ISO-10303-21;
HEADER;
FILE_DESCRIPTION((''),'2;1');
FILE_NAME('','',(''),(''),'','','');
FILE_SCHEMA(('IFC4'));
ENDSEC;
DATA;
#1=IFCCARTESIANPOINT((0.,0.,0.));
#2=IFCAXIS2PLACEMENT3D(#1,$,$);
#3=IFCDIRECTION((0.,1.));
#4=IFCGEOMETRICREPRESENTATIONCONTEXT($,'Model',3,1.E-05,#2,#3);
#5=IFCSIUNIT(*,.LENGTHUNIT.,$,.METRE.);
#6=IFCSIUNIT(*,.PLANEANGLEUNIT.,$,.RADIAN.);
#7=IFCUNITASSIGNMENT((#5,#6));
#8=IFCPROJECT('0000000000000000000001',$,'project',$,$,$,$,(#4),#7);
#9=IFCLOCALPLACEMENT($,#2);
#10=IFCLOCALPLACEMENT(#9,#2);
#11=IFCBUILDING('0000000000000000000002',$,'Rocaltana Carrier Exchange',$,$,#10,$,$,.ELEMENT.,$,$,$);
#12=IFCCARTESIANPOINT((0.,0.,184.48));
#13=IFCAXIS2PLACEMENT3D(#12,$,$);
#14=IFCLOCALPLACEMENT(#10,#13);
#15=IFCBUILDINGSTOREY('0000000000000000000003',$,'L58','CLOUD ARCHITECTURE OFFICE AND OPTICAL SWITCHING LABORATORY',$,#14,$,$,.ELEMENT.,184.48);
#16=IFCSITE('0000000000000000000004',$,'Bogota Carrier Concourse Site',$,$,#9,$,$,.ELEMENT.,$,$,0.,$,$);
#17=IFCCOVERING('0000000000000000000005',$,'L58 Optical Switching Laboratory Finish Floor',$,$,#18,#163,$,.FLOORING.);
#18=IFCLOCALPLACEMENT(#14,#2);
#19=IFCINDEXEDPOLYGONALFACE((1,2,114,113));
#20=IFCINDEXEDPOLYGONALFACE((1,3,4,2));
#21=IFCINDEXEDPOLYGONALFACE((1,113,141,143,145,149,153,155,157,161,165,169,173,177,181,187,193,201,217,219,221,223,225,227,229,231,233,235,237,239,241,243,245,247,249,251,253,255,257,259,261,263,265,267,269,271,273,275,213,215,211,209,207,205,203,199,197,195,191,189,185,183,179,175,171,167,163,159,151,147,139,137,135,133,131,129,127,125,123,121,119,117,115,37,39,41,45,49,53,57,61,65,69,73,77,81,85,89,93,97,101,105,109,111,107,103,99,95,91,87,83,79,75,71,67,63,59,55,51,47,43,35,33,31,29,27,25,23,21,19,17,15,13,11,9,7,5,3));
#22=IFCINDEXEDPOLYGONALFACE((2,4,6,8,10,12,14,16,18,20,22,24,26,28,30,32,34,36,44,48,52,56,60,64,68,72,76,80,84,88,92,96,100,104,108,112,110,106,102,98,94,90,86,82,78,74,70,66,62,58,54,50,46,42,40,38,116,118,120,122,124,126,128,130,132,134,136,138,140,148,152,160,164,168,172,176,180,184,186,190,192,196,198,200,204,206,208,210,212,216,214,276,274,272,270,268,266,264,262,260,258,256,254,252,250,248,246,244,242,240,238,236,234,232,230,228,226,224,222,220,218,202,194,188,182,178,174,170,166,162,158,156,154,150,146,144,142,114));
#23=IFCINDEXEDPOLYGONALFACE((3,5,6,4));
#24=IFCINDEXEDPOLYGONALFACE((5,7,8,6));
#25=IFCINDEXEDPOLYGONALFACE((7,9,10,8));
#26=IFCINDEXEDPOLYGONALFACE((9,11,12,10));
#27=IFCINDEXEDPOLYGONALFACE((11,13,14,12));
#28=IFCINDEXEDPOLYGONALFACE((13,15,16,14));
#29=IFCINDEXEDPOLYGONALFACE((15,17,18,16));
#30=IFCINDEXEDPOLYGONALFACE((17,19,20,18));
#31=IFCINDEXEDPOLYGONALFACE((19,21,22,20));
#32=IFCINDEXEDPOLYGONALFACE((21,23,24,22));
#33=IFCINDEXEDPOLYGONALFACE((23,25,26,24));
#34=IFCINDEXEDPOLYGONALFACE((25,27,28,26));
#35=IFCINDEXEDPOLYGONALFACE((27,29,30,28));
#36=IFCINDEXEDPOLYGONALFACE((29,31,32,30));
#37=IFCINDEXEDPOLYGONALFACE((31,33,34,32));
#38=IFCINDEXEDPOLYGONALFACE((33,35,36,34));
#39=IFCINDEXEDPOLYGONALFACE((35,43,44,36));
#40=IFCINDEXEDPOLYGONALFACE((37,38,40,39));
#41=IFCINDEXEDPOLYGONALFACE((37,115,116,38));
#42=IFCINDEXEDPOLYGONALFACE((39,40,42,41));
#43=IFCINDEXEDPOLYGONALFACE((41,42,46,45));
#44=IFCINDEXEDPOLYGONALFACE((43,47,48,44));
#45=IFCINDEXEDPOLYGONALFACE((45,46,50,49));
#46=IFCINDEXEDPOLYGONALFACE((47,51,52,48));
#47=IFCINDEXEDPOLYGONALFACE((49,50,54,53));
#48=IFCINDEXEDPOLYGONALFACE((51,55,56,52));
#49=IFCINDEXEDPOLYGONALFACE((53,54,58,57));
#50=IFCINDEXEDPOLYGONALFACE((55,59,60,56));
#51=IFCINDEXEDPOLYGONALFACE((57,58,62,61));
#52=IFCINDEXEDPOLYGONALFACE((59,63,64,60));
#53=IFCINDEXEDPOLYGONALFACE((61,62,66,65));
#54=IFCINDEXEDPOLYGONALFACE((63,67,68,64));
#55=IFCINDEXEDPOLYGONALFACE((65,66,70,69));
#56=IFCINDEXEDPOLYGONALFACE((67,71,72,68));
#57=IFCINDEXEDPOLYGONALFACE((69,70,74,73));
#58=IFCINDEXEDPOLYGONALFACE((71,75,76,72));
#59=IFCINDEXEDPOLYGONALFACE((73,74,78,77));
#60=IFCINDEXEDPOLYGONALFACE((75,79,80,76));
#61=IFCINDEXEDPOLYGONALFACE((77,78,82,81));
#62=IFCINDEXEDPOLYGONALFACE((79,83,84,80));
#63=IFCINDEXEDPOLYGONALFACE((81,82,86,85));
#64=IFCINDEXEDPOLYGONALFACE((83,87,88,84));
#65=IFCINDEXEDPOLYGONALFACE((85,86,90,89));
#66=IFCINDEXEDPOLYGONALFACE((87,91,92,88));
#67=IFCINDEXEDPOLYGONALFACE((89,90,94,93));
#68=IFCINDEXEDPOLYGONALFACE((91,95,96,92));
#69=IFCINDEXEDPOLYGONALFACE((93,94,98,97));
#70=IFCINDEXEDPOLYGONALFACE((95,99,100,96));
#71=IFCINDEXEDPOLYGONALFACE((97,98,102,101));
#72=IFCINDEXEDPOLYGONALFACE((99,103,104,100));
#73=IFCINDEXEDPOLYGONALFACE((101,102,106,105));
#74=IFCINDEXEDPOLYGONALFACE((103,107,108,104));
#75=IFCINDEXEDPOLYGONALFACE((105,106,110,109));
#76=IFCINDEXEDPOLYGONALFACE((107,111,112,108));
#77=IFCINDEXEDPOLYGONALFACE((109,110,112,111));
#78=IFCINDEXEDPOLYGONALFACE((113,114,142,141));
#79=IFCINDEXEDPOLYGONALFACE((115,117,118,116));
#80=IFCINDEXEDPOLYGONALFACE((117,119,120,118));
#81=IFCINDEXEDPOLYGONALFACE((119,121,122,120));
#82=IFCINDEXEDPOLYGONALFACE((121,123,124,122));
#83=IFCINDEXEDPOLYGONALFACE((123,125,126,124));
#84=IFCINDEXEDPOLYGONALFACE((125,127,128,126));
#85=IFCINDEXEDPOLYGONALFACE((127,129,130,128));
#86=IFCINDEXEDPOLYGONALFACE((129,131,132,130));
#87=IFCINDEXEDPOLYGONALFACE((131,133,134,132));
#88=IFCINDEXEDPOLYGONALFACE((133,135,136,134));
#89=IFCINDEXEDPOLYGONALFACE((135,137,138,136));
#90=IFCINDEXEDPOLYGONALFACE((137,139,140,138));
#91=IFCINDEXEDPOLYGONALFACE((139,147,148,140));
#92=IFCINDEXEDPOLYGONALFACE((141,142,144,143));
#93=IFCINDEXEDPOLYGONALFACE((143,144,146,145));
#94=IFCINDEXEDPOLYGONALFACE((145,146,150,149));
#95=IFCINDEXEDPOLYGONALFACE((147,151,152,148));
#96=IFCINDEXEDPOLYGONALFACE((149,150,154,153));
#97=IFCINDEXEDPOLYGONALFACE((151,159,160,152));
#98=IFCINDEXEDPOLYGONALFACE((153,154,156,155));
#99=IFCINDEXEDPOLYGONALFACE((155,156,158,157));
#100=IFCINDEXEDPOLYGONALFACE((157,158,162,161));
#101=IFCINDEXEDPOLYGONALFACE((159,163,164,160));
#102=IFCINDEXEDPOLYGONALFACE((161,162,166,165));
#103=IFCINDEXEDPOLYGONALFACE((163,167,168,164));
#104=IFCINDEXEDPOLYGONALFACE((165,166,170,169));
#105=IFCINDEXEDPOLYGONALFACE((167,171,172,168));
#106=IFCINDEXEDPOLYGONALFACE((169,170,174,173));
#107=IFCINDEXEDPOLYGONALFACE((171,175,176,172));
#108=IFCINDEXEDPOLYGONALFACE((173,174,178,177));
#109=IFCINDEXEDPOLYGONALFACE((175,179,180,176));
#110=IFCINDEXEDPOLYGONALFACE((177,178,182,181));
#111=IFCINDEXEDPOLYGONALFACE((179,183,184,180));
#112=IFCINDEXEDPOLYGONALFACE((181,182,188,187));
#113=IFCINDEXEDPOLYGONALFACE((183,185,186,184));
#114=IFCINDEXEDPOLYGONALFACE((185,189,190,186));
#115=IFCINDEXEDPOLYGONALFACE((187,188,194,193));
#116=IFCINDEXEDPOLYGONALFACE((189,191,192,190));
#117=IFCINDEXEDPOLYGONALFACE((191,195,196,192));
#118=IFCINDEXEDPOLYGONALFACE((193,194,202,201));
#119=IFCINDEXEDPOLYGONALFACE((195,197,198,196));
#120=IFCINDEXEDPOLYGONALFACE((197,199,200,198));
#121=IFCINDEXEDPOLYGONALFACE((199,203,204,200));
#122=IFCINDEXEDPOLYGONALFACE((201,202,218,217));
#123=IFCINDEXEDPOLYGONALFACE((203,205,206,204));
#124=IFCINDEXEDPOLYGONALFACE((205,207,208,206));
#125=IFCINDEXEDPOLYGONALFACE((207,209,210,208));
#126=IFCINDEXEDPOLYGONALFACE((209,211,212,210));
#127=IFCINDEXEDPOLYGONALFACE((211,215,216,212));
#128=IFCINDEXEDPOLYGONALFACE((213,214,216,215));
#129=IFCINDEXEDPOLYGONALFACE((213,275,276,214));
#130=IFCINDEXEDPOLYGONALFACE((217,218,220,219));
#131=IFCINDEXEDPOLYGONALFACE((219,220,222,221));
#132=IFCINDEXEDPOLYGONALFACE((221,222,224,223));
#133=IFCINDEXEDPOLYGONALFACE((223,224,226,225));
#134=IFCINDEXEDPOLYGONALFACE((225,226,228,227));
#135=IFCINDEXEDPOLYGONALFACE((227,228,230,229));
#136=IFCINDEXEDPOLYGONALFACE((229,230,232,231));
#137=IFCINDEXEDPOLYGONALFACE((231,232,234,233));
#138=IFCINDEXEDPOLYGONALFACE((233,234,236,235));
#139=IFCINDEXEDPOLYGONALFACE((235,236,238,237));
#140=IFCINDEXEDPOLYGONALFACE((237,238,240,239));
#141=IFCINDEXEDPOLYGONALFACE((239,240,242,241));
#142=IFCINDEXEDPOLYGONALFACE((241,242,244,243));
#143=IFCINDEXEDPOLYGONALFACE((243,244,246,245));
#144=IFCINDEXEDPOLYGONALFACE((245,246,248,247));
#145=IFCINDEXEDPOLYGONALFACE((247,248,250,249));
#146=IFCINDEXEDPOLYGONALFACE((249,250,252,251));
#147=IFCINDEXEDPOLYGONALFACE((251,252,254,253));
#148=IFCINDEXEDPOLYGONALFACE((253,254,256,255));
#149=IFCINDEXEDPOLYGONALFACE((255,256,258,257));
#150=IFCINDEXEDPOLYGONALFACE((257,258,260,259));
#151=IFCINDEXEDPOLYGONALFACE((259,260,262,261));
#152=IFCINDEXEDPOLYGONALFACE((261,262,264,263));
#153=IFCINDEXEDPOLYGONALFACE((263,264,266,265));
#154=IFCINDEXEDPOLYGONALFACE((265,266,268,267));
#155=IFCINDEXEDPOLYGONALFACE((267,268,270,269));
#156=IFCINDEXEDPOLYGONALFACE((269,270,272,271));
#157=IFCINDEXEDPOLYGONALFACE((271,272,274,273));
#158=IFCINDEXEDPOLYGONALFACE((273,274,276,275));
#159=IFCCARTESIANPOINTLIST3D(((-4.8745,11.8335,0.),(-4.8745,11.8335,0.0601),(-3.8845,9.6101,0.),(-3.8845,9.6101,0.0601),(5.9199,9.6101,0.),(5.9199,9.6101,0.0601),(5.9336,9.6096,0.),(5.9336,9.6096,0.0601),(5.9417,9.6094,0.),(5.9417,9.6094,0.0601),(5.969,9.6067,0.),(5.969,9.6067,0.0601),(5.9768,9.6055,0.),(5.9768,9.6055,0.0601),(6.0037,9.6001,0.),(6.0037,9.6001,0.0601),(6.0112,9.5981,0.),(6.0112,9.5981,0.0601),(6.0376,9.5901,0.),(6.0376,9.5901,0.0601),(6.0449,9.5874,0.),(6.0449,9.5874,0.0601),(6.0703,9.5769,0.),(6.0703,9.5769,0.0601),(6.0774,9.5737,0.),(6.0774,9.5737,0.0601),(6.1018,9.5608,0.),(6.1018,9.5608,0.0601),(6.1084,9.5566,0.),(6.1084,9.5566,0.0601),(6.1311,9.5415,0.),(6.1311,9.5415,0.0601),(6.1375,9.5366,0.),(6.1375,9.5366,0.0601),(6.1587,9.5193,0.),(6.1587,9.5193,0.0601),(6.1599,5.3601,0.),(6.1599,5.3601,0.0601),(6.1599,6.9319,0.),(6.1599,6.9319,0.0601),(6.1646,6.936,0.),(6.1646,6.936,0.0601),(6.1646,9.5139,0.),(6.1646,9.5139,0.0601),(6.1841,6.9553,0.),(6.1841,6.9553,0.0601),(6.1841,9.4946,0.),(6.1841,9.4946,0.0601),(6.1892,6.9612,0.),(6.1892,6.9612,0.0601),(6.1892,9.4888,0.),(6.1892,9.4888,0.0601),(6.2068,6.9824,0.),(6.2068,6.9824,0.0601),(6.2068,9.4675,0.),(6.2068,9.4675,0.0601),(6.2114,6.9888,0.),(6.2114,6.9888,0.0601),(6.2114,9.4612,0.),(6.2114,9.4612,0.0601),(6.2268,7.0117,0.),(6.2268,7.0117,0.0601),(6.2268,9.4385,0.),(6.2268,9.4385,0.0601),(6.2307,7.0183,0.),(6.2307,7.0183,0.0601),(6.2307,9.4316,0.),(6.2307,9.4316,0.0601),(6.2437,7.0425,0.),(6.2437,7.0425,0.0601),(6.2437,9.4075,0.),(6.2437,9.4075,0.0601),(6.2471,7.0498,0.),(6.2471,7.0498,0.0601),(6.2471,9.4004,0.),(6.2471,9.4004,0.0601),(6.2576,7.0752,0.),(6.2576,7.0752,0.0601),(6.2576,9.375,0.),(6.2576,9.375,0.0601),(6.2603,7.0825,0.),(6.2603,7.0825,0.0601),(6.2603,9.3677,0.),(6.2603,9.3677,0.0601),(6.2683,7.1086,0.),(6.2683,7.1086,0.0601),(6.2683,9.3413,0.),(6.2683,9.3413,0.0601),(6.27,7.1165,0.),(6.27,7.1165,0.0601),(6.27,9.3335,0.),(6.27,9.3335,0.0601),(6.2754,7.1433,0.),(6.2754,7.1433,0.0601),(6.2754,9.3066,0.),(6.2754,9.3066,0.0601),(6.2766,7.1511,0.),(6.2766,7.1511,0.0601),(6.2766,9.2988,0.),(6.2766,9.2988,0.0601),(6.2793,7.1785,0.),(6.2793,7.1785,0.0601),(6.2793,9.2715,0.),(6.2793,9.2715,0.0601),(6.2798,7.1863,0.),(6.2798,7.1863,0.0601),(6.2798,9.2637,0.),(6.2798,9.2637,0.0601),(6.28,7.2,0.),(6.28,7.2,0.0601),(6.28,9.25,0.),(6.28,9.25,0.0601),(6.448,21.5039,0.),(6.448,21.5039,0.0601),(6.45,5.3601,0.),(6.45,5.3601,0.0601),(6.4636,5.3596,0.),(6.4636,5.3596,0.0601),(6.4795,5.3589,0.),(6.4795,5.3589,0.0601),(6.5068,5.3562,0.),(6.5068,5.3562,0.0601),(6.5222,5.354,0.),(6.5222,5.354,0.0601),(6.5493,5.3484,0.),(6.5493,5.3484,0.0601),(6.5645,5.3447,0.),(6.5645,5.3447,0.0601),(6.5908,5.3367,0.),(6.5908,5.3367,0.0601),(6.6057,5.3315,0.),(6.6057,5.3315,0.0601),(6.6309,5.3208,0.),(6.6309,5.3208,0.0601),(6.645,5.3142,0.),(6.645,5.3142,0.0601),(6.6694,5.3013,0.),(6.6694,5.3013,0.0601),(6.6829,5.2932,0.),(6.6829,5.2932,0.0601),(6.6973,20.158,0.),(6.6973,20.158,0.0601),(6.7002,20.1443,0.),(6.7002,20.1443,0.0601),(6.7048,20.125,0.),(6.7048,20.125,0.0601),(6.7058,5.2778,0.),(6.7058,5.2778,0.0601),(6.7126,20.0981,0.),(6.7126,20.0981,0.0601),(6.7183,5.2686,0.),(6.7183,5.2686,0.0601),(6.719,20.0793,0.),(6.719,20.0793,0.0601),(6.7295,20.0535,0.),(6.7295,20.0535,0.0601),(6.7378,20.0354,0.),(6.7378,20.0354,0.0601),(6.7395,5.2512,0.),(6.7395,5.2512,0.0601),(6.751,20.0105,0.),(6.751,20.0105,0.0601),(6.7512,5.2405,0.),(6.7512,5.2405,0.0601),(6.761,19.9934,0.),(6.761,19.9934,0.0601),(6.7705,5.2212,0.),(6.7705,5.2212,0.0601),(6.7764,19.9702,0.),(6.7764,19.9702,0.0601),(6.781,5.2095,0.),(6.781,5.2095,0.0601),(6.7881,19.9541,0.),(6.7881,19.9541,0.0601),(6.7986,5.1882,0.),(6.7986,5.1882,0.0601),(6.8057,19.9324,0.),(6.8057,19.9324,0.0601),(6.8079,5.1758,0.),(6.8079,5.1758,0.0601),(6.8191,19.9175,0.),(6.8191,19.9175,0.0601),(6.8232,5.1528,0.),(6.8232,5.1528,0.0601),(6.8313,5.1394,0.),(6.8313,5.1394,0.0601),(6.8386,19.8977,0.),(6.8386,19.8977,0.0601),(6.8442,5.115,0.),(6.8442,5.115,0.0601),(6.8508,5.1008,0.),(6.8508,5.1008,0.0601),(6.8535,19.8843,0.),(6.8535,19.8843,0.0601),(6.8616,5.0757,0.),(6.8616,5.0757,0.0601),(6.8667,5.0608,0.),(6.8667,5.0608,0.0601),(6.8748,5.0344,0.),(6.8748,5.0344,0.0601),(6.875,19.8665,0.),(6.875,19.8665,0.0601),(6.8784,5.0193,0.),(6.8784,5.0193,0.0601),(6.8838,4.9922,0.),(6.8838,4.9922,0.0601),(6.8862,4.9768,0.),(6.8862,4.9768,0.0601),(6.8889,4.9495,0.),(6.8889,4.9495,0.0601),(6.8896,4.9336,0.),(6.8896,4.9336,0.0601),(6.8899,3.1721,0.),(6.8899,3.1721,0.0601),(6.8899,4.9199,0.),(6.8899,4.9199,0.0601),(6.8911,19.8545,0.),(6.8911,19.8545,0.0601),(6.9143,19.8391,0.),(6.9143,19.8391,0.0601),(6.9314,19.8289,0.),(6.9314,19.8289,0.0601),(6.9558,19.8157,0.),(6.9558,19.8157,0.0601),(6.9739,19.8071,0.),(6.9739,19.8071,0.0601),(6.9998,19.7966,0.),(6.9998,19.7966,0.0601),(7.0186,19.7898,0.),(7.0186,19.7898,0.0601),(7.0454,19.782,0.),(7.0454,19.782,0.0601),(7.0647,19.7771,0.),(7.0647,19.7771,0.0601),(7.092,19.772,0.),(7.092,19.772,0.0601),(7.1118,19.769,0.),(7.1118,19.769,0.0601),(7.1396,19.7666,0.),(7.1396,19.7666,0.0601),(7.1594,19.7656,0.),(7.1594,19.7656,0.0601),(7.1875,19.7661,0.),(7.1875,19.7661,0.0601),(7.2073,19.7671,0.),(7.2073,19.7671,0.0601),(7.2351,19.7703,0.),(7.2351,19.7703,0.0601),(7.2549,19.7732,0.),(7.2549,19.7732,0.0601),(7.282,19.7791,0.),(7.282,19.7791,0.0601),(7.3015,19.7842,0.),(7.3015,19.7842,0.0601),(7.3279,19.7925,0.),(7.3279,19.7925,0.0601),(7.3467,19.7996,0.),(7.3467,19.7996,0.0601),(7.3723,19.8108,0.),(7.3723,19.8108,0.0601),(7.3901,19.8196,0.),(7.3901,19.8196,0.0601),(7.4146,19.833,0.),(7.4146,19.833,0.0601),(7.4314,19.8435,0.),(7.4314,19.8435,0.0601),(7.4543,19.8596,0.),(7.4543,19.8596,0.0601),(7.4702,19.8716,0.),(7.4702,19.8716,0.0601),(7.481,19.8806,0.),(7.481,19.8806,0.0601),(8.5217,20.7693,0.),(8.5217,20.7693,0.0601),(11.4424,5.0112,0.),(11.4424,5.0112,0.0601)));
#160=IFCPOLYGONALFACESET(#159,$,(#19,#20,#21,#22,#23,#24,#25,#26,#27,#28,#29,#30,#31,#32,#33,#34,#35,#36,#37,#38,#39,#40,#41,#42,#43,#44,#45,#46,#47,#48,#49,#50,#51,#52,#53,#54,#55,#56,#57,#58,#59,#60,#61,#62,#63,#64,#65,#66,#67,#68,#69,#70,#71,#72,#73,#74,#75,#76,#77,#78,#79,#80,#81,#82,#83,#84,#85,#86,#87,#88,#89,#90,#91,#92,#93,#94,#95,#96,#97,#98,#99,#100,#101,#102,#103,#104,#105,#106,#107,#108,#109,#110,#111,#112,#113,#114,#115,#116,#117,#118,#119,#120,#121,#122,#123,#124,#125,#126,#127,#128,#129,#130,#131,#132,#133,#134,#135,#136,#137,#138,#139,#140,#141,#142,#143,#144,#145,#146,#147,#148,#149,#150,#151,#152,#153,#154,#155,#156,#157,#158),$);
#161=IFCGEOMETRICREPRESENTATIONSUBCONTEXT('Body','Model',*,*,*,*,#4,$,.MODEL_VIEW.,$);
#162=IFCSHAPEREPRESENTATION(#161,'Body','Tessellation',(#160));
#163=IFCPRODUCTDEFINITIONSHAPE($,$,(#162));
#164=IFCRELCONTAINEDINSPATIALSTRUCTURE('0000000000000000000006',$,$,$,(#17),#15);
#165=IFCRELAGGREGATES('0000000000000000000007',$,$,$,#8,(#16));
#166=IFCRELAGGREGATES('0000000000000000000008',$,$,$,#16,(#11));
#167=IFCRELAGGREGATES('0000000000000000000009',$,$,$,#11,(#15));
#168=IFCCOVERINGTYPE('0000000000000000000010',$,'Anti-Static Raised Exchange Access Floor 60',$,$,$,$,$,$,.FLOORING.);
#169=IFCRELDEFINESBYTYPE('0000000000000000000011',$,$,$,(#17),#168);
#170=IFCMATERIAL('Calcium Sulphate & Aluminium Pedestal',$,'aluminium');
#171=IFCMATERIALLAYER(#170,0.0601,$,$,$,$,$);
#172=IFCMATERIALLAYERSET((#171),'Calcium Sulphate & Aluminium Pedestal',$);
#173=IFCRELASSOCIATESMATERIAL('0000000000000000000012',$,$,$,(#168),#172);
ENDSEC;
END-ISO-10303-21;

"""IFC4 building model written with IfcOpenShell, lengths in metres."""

from ifc_helpers import new_model, si_unit, direction, frame, origin, place, context, subcontext, project, spatial, polyline, outline, extrude, material, layer, layer_set, type_object, element, save


model = new_model("IFC4")

# Units and contexts
model_context = context("Model", 3, precision=1e-05, world=origin(), true_north=direction((0.0, 1.0)))
body_context = subcontext(model_context, "Body", "Model", "MODEL_VIEW")
ifc_project = project(units=[si_unit("LENGTHUNIT", "METRE"), si_unit("PLANEANGLEUNIT", "RADIAN")], contexts=[model_context])

# Site, building, storey
site_placement = place(None, origin())
site = spatial("IfcSite", under=ifc_project, at=site_placement, Name="Bogota Carrier Concourse Site", CompositionType="ELEMENT", RefElevation=0.0)
building_placement = place(site_placement, origin())
building = spatial("IfcBuilding", under=site, at=building_placement, Name="Rocaltana Carrier Exchange", CompositionType="ELEMENT")
storey_placement = place(building_placement, frame((0.0, 0.0, 184.48)))
storey = spatial("IfcBuildingStorey", under=building, at=storey_placement, Name="L58", Description="CLOUD ARCHITECTURE OFFICE AND OPTICAL SWITCHING LABORATORY", CompositionType="ELEMENT", Elevation=184.48)

# Covering
ifc_material_1 = material(Name="Calcium Sulphate & Aluminium Pedestal", Category="aluminium")
ifc_layer_1 = layer(ifc_material_1, 0.0601)
ifc_layer_set_1 = layer_set([ifc_layer_1], Name="Calcium Sulphate & Aluminium Pedestal")
covering_type_1 = type_object("IfcCoveringType", Name="Anti-Static Raised Exchange Access Floor 60", PredefinedType="FLOORING", material=ifc_layer_set_1)
covering_1_placement = place(storey_placement, origin())
element("IfcCovering", 1, at=covering_1_placement, inside=storey, type_object=covering_type_1, Name="L58 Optical Switching Laboratory Finish Floor", PredefinedType="FLOORING", context=body_context, shape_type="SweptSolid", body=[
    extrude(outline(polyline([(6.1599, 6.9319), (6.1646, 6.936), (6.1841, 6.9553), (6.1892, 6.9612), (6.2068, 6.9824), (6.2114, 6.9888), (6.2268, 7.0117), (6.2307, 7.0183), (6.2437, 7.0425), (6.2471, 7.0498), (6.2576, 7.0752), (6.2603, 7.0825), (6.2683, 7.1086), (6.27, 7.1165), (6.2754, 7.1433), (6.2766, 7.1511), (6.2793, 7.1785), (6.2798, 7.1863), (6.28, 7.2), (6.28, 9.25), (6.2798, 9.2637), (6.2793, 9.2715), (6.2766, 9.2988), (6.2754, 9.3066), (6.27, 9.3335), (6.2683, 9.3413), (6.2603, 9.3677), (6.2576, 9.375), (6.2471, 9.4004), (6.2437, 9.4075), (6.2307, 9.4316), (6.2268, 9.4385), (6.2114, 9.4612), (6.2068, 9.4675), (6.1892, 9.4888), (6.1841, 9.4946), (6.1646, 9.5139), (6.1587, 9.5193), (6.1375, 9.5366), (6.1311, 9.5415), (6.1084, 9.5566), (6.1018, 9.5608), (6.0774, 9.5737), (6.0703, 9.5769), (6.0449, 9.5874), (6.0376, 9.5901), (6.0112, 9.5981), (6.0037, 9.6001), (5.9768, 9.6055), (5.969, 9.6067), (5.9417, 9.6094), (5.9336, 9.6096), (5.9199, 9.6101), (-3.8845, 9.6101), (-4.8745, 11.8335), (6.448, 21.5039), (6.6973, 20.158), (6.7002, 20.1443), (6.7048, 20.125), (6.7126, 20.0981), (6.719, 20.0793), (6.7295, 20.0535), (6.7378, 20.0354), (6.751, 20.0105), (6.761, 19.9934), (6.7764, 19.9702), (6.7881, 19.9541), (6.8057, 19.9324), (6.8191, 19.9175), (6.8386, 19.8977), (6.8535, 19.8843), (6.875, 19.8665), (6.8911, 19.8545), (6.9143, 19.8391), (6.9314, 19.8289), (6.9558, 19.8157), (6.9739, 19.8071), (6.9998, 19.7966), (7.0186, 19.7898), (7.0454, 19.782), (7.0647, 19.7771), (7.092, 19.772), (7.1118, 19.769), (7.1396, 19.7666), (7.1594, 19.7656), (7.1875, 19.7661), (7.2073, 19.7671), (7.2351, 19.7703), (7.2549, 19.7732), (7.282, 19.7791), (7.3015, 19.7842), (7.3279, 19.7925), (7.3467, 19.7996), (7.3723, 19.8108), (7.3901, 19.8196), (7.4146, 19.833), (7.4314, 19.8435), (7.4543, 19.8596), (7.4702, 19.8716), (7.481, 19.8806), (8.5217, 20.7693), (11.4424, 5.0112), (6.8899, 3.1721), (6.8899, 4.9199), (6.8896, 4.9336), (6.8889, 4.9495), (6.8862, 4.9768), (6.8838, 4.9922), (6.8784, 5.0193), (6.8748, 5.0344), (6.8667, 5.0608), (6.8616, 5.0757), (6.8508, 5.1008), (6.8442, 5.115), (6.8313, 5.1394), (6.8232, 5.1528), (6.8079, 5.1758), (6.7986, 5.1882), (6.781, 5.2095), (6.7705, 5.2212), (6.7512, 5.2405), (6.7395, 5.2512), (6.7183, 5.2686), (6.7058, 5.2778), (6.6829, 5.2932), (6.6694, 5.3013), (6.645, 5.3142), (6.6309, 5.3208), (6.6057, 5.3315), (6.5908, 5.3367), (6.5645, 5.3447), (6.5493, 5.3484), (6.5222, 5.354), (6.5068, 5.3562), (6.4795, 5.3589), (6.4636, 5.3596), (6.45, 5.3601), (6.1599, 5.3601), (6.1599, 6.9319)])), origin(), (0.0, 0.0, 1.0), 0.0601),
])

save(model, "model.ifc")
